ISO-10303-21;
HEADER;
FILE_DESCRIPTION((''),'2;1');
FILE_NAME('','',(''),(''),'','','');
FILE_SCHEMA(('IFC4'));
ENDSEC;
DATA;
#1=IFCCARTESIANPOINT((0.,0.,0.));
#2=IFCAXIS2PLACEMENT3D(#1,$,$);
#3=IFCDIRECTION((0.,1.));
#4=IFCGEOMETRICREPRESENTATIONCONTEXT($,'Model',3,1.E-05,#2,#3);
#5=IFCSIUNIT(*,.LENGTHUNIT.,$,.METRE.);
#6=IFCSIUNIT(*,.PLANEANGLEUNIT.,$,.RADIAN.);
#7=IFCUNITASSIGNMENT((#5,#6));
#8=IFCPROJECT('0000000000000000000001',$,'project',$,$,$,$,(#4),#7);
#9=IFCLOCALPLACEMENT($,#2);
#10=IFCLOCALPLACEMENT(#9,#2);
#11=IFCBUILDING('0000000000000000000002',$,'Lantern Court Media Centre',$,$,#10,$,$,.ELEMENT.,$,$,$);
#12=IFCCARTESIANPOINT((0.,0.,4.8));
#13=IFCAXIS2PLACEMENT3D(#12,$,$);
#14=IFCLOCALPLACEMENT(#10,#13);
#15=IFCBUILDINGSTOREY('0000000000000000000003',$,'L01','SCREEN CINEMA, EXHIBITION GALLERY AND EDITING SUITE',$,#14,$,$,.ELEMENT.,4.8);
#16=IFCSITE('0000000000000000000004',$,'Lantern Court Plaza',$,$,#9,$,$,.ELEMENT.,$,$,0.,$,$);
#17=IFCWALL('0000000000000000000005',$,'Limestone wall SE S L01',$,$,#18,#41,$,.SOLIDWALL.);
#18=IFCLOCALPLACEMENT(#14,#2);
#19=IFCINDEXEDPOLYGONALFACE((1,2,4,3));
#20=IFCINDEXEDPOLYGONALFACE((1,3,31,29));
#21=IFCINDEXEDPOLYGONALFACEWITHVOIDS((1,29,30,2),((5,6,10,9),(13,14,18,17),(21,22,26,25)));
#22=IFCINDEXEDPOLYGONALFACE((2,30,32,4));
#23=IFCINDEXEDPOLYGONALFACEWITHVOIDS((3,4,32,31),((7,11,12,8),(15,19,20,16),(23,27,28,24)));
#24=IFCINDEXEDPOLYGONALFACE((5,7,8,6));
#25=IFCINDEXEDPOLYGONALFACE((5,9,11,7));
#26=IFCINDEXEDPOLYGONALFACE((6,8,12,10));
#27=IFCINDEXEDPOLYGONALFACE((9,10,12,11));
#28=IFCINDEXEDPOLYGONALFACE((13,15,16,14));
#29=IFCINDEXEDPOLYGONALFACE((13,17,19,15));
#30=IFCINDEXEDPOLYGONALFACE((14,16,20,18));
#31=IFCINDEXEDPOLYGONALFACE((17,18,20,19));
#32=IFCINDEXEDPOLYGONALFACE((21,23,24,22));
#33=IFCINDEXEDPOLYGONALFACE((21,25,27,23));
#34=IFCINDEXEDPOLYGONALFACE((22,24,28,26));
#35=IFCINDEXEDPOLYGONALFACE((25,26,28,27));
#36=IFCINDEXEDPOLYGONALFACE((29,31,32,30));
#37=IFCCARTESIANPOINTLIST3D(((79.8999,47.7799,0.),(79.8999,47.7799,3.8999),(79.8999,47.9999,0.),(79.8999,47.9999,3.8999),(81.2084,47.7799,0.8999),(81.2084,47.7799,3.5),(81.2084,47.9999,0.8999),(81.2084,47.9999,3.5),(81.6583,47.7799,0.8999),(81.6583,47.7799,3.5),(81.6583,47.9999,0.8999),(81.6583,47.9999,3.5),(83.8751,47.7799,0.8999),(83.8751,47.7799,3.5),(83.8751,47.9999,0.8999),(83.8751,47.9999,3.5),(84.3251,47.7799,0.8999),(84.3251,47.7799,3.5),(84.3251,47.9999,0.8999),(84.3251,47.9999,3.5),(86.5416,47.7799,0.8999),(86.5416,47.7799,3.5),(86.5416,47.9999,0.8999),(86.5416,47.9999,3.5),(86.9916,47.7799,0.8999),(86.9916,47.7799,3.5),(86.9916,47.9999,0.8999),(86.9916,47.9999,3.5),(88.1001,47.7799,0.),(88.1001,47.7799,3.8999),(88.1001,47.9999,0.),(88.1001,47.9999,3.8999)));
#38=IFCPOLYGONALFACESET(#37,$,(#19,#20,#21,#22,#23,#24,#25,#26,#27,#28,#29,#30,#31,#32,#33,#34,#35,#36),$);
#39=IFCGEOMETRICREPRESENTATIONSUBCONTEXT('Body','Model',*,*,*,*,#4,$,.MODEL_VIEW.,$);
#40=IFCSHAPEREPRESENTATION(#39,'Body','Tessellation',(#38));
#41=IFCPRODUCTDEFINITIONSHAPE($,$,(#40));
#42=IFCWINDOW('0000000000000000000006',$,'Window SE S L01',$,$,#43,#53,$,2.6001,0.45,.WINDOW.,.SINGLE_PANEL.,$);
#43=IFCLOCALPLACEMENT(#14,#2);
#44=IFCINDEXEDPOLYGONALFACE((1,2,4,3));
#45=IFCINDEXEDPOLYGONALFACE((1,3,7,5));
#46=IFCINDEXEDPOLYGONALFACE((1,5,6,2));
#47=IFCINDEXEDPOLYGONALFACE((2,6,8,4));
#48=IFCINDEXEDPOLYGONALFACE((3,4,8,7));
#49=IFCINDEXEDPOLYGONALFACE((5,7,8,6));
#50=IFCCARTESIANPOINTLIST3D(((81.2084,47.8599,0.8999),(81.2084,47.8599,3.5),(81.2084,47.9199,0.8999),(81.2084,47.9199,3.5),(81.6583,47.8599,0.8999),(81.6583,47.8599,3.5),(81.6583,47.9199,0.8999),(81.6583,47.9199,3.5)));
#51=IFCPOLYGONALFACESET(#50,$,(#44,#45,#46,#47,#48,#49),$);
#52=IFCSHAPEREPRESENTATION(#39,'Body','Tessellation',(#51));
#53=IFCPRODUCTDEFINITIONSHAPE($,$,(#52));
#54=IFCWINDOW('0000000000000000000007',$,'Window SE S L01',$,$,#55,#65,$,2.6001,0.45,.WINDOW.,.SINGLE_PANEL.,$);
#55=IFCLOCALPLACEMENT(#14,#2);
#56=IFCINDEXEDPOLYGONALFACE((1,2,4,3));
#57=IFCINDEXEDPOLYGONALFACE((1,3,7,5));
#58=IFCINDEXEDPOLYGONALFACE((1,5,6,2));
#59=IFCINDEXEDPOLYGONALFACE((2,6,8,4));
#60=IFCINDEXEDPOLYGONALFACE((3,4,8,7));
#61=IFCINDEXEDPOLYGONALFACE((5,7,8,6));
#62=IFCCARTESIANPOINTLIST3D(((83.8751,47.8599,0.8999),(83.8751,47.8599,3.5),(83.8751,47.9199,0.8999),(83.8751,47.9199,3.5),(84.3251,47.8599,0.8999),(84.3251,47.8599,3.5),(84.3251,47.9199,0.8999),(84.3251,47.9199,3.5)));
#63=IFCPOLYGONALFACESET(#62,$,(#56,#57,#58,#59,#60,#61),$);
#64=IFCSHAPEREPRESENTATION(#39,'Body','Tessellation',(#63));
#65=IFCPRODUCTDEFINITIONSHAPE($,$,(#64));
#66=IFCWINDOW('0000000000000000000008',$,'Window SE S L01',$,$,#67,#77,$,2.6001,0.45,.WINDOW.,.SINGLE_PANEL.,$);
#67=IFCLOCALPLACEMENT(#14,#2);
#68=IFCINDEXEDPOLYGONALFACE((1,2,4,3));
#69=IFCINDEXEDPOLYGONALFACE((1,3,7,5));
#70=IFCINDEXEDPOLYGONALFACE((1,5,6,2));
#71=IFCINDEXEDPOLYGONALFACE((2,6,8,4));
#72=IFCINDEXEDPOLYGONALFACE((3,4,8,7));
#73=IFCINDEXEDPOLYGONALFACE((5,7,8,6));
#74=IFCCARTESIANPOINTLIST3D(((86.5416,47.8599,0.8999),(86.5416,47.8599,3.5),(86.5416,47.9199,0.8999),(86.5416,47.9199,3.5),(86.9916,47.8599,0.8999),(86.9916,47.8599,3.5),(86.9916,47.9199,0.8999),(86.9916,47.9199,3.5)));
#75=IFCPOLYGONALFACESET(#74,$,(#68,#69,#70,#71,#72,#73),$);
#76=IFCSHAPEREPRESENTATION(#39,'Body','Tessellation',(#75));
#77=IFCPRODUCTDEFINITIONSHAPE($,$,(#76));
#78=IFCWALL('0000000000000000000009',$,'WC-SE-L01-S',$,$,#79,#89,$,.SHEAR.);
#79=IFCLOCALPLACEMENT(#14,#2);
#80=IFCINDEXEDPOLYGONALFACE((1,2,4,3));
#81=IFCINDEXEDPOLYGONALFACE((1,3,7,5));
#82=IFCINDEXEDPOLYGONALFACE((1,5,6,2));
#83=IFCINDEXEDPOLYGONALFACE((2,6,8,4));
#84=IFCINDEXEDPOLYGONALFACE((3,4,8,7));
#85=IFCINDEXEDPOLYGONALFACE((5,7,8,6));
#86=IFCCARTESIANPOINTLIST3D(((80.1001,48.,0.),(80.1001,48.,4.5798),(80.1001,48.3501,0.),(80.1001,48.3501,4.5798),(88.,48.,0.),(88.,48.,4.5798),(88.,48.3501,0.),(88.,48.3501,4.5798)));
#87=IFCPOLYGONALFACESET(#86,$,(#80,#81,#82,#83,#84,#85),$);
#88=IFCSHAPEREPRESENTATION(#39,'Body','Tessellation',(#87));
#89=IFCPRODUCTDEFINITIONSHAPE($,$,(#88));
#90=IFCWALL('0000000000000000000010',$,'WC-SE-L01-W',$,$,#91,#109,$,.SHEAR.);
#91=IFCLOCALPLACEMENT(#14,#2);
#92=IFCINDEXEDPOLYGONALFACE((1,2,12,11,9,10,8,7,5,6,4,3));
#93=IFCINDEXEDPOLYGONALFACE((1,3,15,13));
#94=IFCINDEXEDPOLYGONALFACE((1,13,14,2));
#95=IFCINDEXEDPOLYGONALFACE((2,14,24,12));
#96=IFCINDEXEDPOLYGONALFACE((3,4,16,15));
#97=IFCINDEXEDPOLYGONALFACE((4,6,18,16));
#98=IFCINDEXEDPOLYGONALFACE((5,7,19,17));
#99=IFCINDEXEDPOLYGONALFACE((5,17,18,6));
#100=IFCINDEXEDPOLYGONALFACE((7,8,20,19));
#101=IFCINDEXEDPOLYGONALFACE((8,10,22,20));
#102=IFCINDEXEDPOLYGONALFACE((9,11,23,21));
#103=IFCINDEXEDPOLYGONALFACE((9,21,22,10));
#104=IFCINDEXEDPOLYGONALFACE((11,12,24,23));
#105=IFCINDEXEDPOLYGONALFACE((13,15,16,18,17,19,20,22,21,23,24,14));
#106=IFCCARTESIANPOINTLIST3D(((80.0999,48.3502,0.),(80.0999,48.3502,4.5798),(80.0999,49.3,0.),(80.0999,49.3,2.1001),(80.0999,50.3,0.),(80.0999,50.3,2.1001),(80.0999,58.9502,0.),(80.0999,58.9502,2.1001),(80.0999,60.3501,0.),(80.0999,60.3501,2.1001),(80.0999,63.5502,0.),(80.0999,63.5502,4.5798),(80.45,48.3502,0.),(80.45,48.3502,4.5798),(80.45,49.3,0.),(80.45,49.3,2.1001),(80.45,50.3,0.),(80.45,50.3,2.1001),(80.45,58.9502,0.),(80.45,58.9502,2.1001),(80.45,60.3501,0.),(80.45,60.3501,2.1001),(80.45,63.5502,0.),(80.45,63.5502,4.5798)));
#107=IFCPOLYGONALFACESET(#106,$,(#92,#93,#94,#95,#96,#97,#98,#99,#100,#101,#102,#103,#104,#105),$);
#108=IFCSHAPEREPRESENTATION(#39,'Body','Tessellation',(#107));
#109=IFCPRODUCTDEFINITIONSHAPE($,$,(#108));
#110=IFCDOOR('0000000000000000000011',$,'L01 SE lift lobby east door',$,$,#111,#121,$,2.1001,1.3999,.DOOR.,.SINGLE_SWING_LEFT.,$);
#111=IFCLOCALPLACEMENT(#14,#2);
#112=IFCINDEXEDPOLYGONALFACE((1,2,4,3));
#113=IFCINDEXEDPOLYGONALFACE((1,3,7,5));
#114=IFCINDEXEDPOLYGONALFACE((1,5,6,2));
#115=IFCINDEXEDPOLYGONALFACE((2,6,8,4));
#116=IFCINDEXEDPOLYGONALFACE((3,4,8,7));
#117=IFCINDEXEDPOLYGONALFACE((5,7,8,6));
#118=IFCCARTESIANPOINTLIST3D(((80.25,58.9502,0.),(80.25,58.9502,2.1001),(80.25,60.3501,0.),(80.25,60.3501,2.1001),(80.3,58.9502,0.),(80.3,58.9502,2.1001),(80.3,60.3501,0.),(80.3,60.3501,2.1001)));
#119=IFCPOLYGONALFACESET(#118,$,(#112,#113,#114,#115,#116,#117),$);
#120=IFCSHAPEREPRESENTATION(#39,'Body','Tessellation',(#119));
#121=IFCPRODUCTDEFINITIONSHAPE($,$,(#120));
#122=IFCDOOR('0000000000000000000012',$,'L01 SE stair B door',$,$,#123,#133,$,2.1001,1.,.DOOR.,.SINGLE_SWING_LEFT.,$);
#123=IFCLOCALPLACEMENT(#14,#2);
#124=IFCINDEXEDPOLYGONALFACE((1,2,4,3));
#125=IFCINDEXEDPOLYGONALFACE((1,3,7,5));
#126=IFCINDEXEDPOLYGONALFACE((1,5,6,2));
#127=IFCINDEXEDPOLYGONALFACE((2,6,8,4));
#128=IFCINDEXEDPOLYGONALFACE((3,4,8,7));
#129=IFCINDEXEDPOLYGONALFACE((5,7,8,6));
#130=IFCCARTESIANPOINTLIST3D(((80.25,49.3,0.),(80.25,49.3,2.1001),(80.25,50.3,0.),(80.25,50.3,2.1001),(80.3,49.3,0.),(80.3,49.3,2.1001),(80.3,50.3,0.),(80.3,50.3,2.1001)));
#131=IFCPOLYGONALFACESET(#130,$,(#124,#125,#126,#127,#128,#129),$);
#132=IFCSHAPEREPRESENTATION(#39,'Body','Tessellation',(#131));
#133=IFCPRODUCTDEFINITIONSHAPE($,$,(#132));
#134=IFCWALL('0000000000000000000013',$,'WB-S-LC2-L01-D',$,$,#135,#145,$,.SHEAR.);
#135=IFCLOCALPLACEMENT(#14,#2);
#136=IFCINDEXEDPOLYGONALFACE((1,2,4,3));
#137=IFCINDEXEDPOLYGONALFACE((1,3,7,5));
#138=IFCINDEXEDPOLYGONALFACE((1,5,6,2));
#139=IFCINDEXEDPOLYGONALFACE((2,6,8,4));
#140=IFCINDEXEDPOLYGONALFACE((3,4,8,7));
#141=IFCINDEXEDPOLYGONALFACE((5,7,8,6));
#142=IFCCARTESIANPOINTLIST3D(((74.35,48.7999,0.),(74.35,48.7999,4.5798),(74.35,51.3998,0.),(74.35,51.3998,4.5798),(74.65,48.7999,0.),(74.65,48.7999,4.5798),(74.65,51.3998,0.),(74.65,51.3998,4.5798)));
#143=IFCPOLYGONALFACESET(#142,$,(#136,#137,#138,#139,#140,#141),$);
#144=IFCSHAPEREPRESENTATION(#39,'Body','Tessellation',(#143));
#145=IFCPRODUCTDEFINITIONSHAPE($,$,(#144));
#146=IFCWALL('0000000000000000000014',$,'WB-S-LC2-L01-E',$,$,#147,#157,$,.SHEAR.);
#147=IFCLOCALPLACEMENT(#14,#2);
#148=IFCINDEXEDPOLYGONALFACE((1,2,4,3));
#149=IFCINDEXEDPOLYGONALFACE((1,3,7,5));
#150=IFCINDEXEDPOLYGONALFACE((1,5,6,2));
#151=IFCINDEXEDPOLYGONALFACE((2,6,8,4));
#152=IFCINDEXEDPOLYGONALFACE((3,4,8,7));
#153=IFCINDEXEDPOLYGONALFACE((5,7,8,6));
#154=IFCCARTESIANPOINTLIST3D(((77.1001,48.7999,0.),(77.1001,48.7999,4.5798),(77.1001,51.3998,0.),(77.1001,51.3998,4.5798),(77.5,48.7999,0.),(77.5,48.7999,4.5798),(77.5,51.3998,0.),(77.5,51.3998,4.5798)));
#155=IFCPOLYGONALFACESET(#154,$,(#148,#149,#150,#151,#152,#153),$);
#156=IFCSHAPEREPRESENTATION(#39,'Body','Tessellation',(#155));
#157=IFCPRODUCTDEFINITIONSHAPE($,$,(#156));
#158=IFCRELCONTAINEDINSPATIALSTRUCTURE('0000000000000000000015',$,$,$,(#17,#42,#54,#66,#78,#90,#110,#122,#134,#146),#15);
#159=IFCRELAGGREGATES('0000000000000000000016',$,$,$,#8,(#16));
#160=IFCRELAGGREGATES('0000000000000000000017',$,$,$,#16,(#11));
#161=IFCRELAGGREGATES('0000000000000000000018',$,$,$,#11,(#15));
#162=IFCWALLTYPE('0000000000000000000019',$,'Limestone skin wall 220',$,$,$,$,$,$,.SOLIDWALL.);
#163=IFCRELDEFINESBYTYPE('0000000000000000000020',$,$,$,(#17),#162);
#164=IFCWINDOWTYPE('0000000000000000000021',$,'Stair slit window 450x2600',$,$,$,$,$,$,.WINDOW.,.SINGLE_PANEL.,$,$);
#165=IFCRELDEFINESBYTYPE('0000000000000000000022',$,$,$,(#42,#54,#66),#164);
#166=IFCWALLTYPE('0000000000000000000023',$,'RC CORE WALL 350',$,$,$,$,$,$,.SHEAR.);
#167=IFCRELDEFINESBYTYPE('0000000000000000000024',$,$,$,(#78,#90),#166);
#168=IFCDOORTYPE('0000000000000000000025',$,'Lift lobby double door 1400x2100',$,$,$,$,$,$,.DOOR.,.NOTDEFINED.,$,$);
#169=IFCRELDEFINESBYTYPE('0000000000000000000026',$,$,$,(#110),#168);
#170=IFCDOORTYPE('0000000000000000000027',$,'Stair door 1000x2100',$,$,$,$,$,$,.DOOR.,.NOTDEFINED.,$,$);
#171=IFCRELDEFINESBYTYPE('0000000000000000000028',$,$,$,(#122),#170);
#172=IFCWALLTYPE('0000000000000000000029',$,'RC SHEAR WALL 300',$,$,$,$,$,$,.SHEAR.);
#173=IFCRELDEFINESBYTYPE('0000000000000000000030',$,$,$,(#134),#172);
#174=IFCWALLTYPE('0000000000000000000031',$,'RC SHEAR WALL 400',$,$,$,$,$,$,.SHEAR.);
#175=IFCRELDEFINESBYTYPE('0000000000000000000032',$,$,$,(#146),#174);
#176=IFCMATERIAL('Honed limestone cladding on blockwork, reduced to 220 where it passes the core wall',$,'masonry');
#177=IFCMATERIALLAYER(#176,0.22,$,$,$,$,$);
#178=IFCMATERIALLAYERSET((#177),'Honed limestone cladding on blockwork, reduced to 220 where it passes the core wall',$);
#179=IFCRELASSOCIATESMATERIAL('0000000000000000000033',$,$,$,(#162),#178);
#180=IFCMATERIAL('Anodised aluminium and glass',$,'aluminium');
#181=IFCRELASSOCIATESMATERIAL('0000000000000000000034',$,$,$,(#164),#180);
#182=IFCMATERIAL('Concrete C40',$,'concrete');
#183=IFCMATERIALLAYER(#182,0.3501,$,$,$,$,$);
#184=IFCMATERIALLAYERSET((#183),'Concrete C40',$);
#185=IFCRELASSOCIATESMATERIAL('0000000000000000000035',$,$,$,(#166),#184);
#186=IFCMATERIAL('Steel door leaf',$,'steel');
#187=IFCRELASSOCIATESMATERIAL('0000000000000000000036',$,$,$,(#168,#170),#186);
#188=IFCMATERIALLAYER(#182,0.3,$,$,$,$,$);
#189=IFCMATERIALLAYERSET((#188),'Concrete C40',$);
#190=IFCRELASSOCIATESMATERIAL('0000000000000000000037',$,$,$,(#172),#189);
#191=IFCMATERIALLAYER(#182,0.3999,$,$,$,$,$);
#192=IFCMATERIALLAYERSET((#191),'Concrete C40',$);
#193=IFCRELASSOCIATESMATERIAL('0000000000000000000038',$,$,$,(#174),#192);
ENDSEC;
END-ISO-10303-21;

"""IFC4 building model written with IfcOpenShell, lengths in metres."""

from ifc_helpers import new_model, si_unit, direction, frame, frame_2d, origin, place, context, subcontext, project, spatial, rectangle, extrude, material, layer, layer_set, type_object, element, fill, save


model = new_model("IFC4")

# Units and contexts
model_context = context("Model", 3, precision=1e-05, world=origin(), true_north=direction((0.0, 1.0)))
body_context = subcontext(model_context, "Body", "Model", "MODEL_VIEW")
ifc_project = project(units=[si_unit("LENGTHUNIT", "METRE"), si_unit("PLANEANGLEUNIT", "RADIAN")], contexts=[model_context])

# Site, building, storey
site_placement = place(None, origin())
site = spatial("IfcSite", under=ifc_project, at=site_placement, Name="Lantern Court Plaza", CompositionType="ELEMENT", RefElevation=0.0)
building_placement = place(site_placement, origin())
building = spatial("IfcBuilding", under=site, at=building_placement, Name="Lantern Court Media Centre", CompositionType="ELEMENT")
storey_placement = place(building_placement, frame((0.0, 0.0, 4.8)))
storey = spatial("IfcBuildingStorey", under=building, at=storey_placement, Name="L01", Description="SCREEN CINEMA, EXHIBITION GALLERY AND EDITING SUITE", CompositionType="ELEMENT", Elevation=4.8)

# Wall, openings, windows
ifc_material_1 = material(Name="Honed limestone cladding on blockwork, reduced to 220 where it passes the core wall", Category="masonry")
ifc_layer_1 = layer(ifc_material_1, 0.22)
ifc_layer_set_1 = layer_set([ifc_layer_1], Name="Honed limestone cladding on blockwork, reduced to 220 where it passes the core wall")
wall_type_1 = type_object("IfcWallType", Name="Limestone skin wall 220", PredefinedType="SOLIDWALL", material=ifc_layer_set_1)
wall_1_placement = place(storey_placement, frame((79.8999, 47.8899, 0.0), z_axis=(0.0, 0.0, 1.0), x_axis=(1.0, 0.0, 0.0)))
wall_1 = element("IfcWall", 1, at=wall_1_placement, inside=storey, type_object=wall_type_1, Name="Limestone wall SE S L01", PredefinedType="SOLIDWALL", context=body_context, shape_type="SweptSolid", body=[
    extrude(rectangle(XDim=8.2002, YDim=0.22, at=frame_2d((4.1001, 0.0))), origin(), (0.0, 0.0, 1.0), 3.8999),
])
opening_1_placement = place(wall_1_placement, frame((1.3083, 0.0, 0.8999)))
opening_1 = element("IfcOpeningElement", 2, at=opening_1_placement, cuts=wall_1, PredefinedType="OPENING", context=body_context, shape_type="SweptSolid", body=[
    extrude(rectangle(XDim=0.45, YDim=2.6001, at=frame_2d((0.2251, 1.3))), frame((0.0, 0.1199, 0.0), z_axis=(0.0, -1.0, 0.0), x_axis=(1.0, 0.0, 0.0)), (0.0, 0.0, 1.0), 0.24),
])
opening_2_placement = place(wall_1_placement, frame((3.9751, 0.0, 0.8999)))
opening_2 = element("IfcOpeningElement", 3, at=opening_2_placement, cuts=wall_1, PredefinedType="OPENING", context=body_context, shape_type="SweptSolid", body=[
    extrude(rectangle(XDim=0.45, YDim=2.6001, at=frame_2d((0.2251, 1.3))), frame((0.0, 0.1199, 0.0), z_axis=(0.0, -1.0, 0.0), x_axis=(1.0, 0.0, 0.0)), (0.0, 0.0, 1.0), 0.24),
])
opening_3_placement = place(wall_1_placement, frame((6.6416, 0.0, 0.8999)))
opening_3 = element("IfcOpeningElement", 4, at=opening_3_placement, cuts=wall_1, PredefinedType="OPENING", context=body_context, shape_type="SweptSolid", body=[
    extrude(rectangle(XDim=0.45, YDim=2.6001, at=frame_2d((0.2251, 1.3))), frame((0.0, 0.1199, 0.0), z_axis=(0.0, -1.0, 0.0), x_axis=(1.0, 0.0, 0.0)), (0.0, 0.0, 1.0), 0.24),
])
ifc_material_2 = material(Name="Anodised aluminium and glass", Category="aluminium")
window_type = type_object("IfcWindowType", Name="Stair slit window 450x2600", PartitioningType="SINGLE_PANEL", PredefinedType="WINDOW", material=ifc_material_2)
window_1_placement = place(opening_1_placement, origin())
window_1 = element("IfcWindow", 5, at=window_1_placement, inside=storey, type_object=window_type, Name="Window SE S L01", OverallHeight=2.6001, OverallWidth=0.45, PartitioningType="SINGLE_PANEL", PredefinedType="WINDOW", context=body_context, shape_type="SweptSolid", body=[
    extrude(rectangle(XDim=0.45, YDim=2.6001, at=frame_2d((0.2251, 1.3))), frame((0.0, 0.03, 0.0), z_axis=(0.0, -1.0, 0.0), x_axis=(1.0, 0.0, 0.0)), (0.0, 0.0, 1.0), 0.0601),
])
fill(opening_1, window_1)
window_2_placement = place(opening_2_placement, origin())
window_2 = element("IfcWindow", 6, at=window_2_placement, inside=storey, type_object=window_type, Name="Window SE S L01", OverallHeight=2.6001, OverallWidth=0.45, PartitioningType="SINGLE_PANEL", PredefinedType="WINDOW", context=body_context, shape_type="SweptSolid", body=[
    extrude(rectangle(XDim=0.45, YDim=2.6001, at=frame_2d((0.2251, 1.3))), frame((0.0, 0.03, 0.0), z_axis=(0.0, -1.0, 0.0), x_axis=(1.0, 0.0, 0.0)), (0.0, 0.0, 1.0), 0.0601),
])
fill(opening_2, window_2)
window_3_placement = place(opening_3_placement, origin())
window_3 = element("IfcWindow", 7, at=window_3_placement, inside=storey, type_object=window_type, Name="Window SE S L01", OverallHeight=2.6001, OverallWidth=0.45, PartitioningType="SINGLE_PANEL", PredefinedType="WINDOW", context=body_context, shape_type="SweptSolid", body=[
    extrude(rectangle(XDim=0.45, YDim=2.6001, at=frame_2d((0.2251, 1.3))), frame((0.0, 0.03, 0.0), z_axis=(0.0, -1.0, 0.0), x_axis=(1.0, 0.0, 0.0)), (0.0, 0.0, 1.0), 0.0601),
])
fill(opening_3, window_3)

# Wall
ifc_material_3 = material(Name="Concrete C40", Category="concrete")
ifc_layer_2 = layer(ifc_material_3, 0.3501)
ifc_layer_set_2 = layer_set([ifc_layer_2], Name="Concrete C40")
wall_type_2 = type_object("IfcWallType", Name="RC CORE WALL 350", PredefinedType="SHEAR", material=ifc_layer_set_2)
wall_2_placement = place(storey_placement, frame((80.1001, 48.175, 0.0), z_axis=(0.0, 0.0, 1.0), x_axis=(1.0, 0.0, 0.0)))
element("IfcWall", 8, at=wall_2_placement, inside=storey, type_object=wall_type_2, Name="WC-SE-L01-S", PredefinedType="SHEAR", context=body_context, shape_type="SweptSolid", body=[
    extrude(rectangle(XDim=7.8999, YDim=0.3501, at=frame_2d((3.95, 0.0))), origin(), (0.0, 0.0, 1.0), 4.5798),
])

# Wall, openings, doors
wall_3_placement = place(storey_placement, frame((80.2749, 48.3501, 0.0), z_axis=(0.0, 0.0, 1.0), x_axis=(0.0, 1.0, 0.0)))
wall_3 = element("IfcWall", 9, at=wall_3_placement, inside=storey, type_object=wall_type_2, Name="WC-SE-L01-W", PredefinedType="SHEAR", context=body_context, shape_type="SweptSolid", body=[
    extrude(rectangle(XDim=15.2, YDim=0.3501, at=frame_2d((7.6001, 0.0))), origin(), (0.0, 0.0, 1.0), 4.5798),
])
opening_4_placement = place(wall_3_placement, frame((0.95, 0.0, 0.0)))
opening_4 = element("IfcOpeningElement", 10, at=opening_4_placement, cuts=wall_3, PredefinedType="OPENING", context=body_context, shape_type="SweptSolid", body=[
    extrude(rectangle(XDim=1.0, YDim=2.1001, at=frame_2d((0.5, 1.05))), frame((0.0, 0.1851, 0.0), z_axis=(0.0, -1.0, 0.0), x_axis=(1.0, 0.0, 0.0)), (0.0, 0.0, 1.0), 0.3701),
])
opening_5_placement = place(wall_3_placement, frame((10.6001, 0.0, 0.0)))
opening_5 = element("IfcOpeningElement", 11, at=opening_5_placement, cuts=wall_3, PredefinedType="OPENING", context=body_context, shape_type="SweptSolid", body=[
    extrude(rectangle(XDim=1.3999, YDim=2.1001, at=frame_2d((0.7, 1.05))), frame((0.0, 0.1851, 0.0), z_axis=(0.0, -1.0, 0.0), x_axis=(1.0, 0.0, 0.0)), (0.0, 0.0, 1.0), 0.3701),
])
ifc_material_4 = material(Name="Steel door leaf", Category="steel")
door_type_1 = type_object("IfcDoorType", Name="Lift lobby double door 1400x2100", OperationType="NOTDEFINED", PredefinedType="DOOR", material=ifc_material_4)
door_1_placement = place(opening_5_placement, origin())
door_1 = element("IfcDoor", 12, at=door_1_placement, inside=storey, type_object=door_type_1, Name="L01 SE lift lobby east door", OperationType="SINGLE_SWING_LEFT", OverallHeight=2.1001, OverallWidth=1.3999, PredefinedType="DOOR", context=body_context, shape_type="SweptSolid", body=[
    extrude(rectangle(XDim=1.3999, YDim=2.1001, at=frame_2d((0.7, 1.05))), frame((0.0, 0.0249, 0.0), z_axis=(0.0, -1.0, 0.0), x_axis=(1.0, 0.0, 0.0)), (0.0, 0.0, 1.0), 0.05),
])
fill(opening_5, door_1)
door_type_2 = type_object("IfcDoorType", Name="Stair door 1000x2100", OperationType="NOTDEFINED", PredefinedType="DOOR", material=ifc_material_4)
door_2_placement = place(opening_4_placement, origin())
door_2 = element("IfcDoor", 13, at=door_2_placement, inside=storey, type_object=door_type_2, Name="L01 SE stair B door", OperationType="SINGLE_SWING_LEFT", OverallHeight=2.1001, OverallWidth=1.0, PredefinedType="DOOR", context=body_context, shape_type="SweptSolid", body=[
    extrude(rectangle(XDim=1.0, YDim=2.1001, at=frame_2d((0.5, 1.05))), frame((0.0, 0.0249, 0.0), z_axis=(0.0, -1.0, 0.0), x_axis=(1.0, 0.0, 0.0)), (0.0, 0.0, 1.0), 0.05),
])
fill(opening_4, door_2)

# Walls
ifc_layer_3 = layer(ifc_material_3, 0.3)
ifc_layer_set_3 = layer_set([ifc_layer_3], Name="Concrete C40")
wall_type_3 = type_object("IfcWallType", Name="RC SHEAR WALL 300", PredefinedType="SHEAR", material=ifc_layer_set_3)
wall_4_placement = place(storey_placement, frame((74.5, 48.8, 0.0), z_axis=(0.0, 0.0, 1.0), x_axis=(0.0, 1.0, 0.0)))
element("IfcWall", 14, at=wall_4_placement, inside=storey, type_object=wall_type_3, Name="WB-S-LC2-L01-D", PredefinedType="SHEAR", context=body_context, shape_type="SweptSolid", body=[
    extrude(rectangle(XDim=2.5999, YDim=0.3, at=frame_2d((1.2998, 0.0))), origin(), (0.0, 0.0, 1.0), 4.5798),
])
ifc_layer_4 = layer(ifc_material_3, 0.3999)
ifc_layer_set_4 = layer_set([ifc_layer_4], Name="Concrete C40")
wall_type_4 = type_object("IfcWallType", Name="RC SHEAR WALL 400", PredefinedType="SHEAR", material=ifc_layer_set_4)
wall_5_placement = place(storey_placement, frame((77.3, 48.8, 0.0), z_axis=(0.0, 0.0, 1.0), x_axis=(0.0, 1.0, 0.0)))
element("IfcWall", 15, at=wall_5_placement, inside=storey, type_object=wall_type_4, Name="WB-S-LC2-L01-E", PredefinedType="SHEAR", context=body_context, shape_type="SweptSolid", body=[
    extrude(rectangle(XDim=2.5999, YDim=0.3999, at=frame_2d((1.2998, 0.0))), origin(), (0.0, 0.0, 1.0), 4.5798),
])

save(model, "model.ifc")
